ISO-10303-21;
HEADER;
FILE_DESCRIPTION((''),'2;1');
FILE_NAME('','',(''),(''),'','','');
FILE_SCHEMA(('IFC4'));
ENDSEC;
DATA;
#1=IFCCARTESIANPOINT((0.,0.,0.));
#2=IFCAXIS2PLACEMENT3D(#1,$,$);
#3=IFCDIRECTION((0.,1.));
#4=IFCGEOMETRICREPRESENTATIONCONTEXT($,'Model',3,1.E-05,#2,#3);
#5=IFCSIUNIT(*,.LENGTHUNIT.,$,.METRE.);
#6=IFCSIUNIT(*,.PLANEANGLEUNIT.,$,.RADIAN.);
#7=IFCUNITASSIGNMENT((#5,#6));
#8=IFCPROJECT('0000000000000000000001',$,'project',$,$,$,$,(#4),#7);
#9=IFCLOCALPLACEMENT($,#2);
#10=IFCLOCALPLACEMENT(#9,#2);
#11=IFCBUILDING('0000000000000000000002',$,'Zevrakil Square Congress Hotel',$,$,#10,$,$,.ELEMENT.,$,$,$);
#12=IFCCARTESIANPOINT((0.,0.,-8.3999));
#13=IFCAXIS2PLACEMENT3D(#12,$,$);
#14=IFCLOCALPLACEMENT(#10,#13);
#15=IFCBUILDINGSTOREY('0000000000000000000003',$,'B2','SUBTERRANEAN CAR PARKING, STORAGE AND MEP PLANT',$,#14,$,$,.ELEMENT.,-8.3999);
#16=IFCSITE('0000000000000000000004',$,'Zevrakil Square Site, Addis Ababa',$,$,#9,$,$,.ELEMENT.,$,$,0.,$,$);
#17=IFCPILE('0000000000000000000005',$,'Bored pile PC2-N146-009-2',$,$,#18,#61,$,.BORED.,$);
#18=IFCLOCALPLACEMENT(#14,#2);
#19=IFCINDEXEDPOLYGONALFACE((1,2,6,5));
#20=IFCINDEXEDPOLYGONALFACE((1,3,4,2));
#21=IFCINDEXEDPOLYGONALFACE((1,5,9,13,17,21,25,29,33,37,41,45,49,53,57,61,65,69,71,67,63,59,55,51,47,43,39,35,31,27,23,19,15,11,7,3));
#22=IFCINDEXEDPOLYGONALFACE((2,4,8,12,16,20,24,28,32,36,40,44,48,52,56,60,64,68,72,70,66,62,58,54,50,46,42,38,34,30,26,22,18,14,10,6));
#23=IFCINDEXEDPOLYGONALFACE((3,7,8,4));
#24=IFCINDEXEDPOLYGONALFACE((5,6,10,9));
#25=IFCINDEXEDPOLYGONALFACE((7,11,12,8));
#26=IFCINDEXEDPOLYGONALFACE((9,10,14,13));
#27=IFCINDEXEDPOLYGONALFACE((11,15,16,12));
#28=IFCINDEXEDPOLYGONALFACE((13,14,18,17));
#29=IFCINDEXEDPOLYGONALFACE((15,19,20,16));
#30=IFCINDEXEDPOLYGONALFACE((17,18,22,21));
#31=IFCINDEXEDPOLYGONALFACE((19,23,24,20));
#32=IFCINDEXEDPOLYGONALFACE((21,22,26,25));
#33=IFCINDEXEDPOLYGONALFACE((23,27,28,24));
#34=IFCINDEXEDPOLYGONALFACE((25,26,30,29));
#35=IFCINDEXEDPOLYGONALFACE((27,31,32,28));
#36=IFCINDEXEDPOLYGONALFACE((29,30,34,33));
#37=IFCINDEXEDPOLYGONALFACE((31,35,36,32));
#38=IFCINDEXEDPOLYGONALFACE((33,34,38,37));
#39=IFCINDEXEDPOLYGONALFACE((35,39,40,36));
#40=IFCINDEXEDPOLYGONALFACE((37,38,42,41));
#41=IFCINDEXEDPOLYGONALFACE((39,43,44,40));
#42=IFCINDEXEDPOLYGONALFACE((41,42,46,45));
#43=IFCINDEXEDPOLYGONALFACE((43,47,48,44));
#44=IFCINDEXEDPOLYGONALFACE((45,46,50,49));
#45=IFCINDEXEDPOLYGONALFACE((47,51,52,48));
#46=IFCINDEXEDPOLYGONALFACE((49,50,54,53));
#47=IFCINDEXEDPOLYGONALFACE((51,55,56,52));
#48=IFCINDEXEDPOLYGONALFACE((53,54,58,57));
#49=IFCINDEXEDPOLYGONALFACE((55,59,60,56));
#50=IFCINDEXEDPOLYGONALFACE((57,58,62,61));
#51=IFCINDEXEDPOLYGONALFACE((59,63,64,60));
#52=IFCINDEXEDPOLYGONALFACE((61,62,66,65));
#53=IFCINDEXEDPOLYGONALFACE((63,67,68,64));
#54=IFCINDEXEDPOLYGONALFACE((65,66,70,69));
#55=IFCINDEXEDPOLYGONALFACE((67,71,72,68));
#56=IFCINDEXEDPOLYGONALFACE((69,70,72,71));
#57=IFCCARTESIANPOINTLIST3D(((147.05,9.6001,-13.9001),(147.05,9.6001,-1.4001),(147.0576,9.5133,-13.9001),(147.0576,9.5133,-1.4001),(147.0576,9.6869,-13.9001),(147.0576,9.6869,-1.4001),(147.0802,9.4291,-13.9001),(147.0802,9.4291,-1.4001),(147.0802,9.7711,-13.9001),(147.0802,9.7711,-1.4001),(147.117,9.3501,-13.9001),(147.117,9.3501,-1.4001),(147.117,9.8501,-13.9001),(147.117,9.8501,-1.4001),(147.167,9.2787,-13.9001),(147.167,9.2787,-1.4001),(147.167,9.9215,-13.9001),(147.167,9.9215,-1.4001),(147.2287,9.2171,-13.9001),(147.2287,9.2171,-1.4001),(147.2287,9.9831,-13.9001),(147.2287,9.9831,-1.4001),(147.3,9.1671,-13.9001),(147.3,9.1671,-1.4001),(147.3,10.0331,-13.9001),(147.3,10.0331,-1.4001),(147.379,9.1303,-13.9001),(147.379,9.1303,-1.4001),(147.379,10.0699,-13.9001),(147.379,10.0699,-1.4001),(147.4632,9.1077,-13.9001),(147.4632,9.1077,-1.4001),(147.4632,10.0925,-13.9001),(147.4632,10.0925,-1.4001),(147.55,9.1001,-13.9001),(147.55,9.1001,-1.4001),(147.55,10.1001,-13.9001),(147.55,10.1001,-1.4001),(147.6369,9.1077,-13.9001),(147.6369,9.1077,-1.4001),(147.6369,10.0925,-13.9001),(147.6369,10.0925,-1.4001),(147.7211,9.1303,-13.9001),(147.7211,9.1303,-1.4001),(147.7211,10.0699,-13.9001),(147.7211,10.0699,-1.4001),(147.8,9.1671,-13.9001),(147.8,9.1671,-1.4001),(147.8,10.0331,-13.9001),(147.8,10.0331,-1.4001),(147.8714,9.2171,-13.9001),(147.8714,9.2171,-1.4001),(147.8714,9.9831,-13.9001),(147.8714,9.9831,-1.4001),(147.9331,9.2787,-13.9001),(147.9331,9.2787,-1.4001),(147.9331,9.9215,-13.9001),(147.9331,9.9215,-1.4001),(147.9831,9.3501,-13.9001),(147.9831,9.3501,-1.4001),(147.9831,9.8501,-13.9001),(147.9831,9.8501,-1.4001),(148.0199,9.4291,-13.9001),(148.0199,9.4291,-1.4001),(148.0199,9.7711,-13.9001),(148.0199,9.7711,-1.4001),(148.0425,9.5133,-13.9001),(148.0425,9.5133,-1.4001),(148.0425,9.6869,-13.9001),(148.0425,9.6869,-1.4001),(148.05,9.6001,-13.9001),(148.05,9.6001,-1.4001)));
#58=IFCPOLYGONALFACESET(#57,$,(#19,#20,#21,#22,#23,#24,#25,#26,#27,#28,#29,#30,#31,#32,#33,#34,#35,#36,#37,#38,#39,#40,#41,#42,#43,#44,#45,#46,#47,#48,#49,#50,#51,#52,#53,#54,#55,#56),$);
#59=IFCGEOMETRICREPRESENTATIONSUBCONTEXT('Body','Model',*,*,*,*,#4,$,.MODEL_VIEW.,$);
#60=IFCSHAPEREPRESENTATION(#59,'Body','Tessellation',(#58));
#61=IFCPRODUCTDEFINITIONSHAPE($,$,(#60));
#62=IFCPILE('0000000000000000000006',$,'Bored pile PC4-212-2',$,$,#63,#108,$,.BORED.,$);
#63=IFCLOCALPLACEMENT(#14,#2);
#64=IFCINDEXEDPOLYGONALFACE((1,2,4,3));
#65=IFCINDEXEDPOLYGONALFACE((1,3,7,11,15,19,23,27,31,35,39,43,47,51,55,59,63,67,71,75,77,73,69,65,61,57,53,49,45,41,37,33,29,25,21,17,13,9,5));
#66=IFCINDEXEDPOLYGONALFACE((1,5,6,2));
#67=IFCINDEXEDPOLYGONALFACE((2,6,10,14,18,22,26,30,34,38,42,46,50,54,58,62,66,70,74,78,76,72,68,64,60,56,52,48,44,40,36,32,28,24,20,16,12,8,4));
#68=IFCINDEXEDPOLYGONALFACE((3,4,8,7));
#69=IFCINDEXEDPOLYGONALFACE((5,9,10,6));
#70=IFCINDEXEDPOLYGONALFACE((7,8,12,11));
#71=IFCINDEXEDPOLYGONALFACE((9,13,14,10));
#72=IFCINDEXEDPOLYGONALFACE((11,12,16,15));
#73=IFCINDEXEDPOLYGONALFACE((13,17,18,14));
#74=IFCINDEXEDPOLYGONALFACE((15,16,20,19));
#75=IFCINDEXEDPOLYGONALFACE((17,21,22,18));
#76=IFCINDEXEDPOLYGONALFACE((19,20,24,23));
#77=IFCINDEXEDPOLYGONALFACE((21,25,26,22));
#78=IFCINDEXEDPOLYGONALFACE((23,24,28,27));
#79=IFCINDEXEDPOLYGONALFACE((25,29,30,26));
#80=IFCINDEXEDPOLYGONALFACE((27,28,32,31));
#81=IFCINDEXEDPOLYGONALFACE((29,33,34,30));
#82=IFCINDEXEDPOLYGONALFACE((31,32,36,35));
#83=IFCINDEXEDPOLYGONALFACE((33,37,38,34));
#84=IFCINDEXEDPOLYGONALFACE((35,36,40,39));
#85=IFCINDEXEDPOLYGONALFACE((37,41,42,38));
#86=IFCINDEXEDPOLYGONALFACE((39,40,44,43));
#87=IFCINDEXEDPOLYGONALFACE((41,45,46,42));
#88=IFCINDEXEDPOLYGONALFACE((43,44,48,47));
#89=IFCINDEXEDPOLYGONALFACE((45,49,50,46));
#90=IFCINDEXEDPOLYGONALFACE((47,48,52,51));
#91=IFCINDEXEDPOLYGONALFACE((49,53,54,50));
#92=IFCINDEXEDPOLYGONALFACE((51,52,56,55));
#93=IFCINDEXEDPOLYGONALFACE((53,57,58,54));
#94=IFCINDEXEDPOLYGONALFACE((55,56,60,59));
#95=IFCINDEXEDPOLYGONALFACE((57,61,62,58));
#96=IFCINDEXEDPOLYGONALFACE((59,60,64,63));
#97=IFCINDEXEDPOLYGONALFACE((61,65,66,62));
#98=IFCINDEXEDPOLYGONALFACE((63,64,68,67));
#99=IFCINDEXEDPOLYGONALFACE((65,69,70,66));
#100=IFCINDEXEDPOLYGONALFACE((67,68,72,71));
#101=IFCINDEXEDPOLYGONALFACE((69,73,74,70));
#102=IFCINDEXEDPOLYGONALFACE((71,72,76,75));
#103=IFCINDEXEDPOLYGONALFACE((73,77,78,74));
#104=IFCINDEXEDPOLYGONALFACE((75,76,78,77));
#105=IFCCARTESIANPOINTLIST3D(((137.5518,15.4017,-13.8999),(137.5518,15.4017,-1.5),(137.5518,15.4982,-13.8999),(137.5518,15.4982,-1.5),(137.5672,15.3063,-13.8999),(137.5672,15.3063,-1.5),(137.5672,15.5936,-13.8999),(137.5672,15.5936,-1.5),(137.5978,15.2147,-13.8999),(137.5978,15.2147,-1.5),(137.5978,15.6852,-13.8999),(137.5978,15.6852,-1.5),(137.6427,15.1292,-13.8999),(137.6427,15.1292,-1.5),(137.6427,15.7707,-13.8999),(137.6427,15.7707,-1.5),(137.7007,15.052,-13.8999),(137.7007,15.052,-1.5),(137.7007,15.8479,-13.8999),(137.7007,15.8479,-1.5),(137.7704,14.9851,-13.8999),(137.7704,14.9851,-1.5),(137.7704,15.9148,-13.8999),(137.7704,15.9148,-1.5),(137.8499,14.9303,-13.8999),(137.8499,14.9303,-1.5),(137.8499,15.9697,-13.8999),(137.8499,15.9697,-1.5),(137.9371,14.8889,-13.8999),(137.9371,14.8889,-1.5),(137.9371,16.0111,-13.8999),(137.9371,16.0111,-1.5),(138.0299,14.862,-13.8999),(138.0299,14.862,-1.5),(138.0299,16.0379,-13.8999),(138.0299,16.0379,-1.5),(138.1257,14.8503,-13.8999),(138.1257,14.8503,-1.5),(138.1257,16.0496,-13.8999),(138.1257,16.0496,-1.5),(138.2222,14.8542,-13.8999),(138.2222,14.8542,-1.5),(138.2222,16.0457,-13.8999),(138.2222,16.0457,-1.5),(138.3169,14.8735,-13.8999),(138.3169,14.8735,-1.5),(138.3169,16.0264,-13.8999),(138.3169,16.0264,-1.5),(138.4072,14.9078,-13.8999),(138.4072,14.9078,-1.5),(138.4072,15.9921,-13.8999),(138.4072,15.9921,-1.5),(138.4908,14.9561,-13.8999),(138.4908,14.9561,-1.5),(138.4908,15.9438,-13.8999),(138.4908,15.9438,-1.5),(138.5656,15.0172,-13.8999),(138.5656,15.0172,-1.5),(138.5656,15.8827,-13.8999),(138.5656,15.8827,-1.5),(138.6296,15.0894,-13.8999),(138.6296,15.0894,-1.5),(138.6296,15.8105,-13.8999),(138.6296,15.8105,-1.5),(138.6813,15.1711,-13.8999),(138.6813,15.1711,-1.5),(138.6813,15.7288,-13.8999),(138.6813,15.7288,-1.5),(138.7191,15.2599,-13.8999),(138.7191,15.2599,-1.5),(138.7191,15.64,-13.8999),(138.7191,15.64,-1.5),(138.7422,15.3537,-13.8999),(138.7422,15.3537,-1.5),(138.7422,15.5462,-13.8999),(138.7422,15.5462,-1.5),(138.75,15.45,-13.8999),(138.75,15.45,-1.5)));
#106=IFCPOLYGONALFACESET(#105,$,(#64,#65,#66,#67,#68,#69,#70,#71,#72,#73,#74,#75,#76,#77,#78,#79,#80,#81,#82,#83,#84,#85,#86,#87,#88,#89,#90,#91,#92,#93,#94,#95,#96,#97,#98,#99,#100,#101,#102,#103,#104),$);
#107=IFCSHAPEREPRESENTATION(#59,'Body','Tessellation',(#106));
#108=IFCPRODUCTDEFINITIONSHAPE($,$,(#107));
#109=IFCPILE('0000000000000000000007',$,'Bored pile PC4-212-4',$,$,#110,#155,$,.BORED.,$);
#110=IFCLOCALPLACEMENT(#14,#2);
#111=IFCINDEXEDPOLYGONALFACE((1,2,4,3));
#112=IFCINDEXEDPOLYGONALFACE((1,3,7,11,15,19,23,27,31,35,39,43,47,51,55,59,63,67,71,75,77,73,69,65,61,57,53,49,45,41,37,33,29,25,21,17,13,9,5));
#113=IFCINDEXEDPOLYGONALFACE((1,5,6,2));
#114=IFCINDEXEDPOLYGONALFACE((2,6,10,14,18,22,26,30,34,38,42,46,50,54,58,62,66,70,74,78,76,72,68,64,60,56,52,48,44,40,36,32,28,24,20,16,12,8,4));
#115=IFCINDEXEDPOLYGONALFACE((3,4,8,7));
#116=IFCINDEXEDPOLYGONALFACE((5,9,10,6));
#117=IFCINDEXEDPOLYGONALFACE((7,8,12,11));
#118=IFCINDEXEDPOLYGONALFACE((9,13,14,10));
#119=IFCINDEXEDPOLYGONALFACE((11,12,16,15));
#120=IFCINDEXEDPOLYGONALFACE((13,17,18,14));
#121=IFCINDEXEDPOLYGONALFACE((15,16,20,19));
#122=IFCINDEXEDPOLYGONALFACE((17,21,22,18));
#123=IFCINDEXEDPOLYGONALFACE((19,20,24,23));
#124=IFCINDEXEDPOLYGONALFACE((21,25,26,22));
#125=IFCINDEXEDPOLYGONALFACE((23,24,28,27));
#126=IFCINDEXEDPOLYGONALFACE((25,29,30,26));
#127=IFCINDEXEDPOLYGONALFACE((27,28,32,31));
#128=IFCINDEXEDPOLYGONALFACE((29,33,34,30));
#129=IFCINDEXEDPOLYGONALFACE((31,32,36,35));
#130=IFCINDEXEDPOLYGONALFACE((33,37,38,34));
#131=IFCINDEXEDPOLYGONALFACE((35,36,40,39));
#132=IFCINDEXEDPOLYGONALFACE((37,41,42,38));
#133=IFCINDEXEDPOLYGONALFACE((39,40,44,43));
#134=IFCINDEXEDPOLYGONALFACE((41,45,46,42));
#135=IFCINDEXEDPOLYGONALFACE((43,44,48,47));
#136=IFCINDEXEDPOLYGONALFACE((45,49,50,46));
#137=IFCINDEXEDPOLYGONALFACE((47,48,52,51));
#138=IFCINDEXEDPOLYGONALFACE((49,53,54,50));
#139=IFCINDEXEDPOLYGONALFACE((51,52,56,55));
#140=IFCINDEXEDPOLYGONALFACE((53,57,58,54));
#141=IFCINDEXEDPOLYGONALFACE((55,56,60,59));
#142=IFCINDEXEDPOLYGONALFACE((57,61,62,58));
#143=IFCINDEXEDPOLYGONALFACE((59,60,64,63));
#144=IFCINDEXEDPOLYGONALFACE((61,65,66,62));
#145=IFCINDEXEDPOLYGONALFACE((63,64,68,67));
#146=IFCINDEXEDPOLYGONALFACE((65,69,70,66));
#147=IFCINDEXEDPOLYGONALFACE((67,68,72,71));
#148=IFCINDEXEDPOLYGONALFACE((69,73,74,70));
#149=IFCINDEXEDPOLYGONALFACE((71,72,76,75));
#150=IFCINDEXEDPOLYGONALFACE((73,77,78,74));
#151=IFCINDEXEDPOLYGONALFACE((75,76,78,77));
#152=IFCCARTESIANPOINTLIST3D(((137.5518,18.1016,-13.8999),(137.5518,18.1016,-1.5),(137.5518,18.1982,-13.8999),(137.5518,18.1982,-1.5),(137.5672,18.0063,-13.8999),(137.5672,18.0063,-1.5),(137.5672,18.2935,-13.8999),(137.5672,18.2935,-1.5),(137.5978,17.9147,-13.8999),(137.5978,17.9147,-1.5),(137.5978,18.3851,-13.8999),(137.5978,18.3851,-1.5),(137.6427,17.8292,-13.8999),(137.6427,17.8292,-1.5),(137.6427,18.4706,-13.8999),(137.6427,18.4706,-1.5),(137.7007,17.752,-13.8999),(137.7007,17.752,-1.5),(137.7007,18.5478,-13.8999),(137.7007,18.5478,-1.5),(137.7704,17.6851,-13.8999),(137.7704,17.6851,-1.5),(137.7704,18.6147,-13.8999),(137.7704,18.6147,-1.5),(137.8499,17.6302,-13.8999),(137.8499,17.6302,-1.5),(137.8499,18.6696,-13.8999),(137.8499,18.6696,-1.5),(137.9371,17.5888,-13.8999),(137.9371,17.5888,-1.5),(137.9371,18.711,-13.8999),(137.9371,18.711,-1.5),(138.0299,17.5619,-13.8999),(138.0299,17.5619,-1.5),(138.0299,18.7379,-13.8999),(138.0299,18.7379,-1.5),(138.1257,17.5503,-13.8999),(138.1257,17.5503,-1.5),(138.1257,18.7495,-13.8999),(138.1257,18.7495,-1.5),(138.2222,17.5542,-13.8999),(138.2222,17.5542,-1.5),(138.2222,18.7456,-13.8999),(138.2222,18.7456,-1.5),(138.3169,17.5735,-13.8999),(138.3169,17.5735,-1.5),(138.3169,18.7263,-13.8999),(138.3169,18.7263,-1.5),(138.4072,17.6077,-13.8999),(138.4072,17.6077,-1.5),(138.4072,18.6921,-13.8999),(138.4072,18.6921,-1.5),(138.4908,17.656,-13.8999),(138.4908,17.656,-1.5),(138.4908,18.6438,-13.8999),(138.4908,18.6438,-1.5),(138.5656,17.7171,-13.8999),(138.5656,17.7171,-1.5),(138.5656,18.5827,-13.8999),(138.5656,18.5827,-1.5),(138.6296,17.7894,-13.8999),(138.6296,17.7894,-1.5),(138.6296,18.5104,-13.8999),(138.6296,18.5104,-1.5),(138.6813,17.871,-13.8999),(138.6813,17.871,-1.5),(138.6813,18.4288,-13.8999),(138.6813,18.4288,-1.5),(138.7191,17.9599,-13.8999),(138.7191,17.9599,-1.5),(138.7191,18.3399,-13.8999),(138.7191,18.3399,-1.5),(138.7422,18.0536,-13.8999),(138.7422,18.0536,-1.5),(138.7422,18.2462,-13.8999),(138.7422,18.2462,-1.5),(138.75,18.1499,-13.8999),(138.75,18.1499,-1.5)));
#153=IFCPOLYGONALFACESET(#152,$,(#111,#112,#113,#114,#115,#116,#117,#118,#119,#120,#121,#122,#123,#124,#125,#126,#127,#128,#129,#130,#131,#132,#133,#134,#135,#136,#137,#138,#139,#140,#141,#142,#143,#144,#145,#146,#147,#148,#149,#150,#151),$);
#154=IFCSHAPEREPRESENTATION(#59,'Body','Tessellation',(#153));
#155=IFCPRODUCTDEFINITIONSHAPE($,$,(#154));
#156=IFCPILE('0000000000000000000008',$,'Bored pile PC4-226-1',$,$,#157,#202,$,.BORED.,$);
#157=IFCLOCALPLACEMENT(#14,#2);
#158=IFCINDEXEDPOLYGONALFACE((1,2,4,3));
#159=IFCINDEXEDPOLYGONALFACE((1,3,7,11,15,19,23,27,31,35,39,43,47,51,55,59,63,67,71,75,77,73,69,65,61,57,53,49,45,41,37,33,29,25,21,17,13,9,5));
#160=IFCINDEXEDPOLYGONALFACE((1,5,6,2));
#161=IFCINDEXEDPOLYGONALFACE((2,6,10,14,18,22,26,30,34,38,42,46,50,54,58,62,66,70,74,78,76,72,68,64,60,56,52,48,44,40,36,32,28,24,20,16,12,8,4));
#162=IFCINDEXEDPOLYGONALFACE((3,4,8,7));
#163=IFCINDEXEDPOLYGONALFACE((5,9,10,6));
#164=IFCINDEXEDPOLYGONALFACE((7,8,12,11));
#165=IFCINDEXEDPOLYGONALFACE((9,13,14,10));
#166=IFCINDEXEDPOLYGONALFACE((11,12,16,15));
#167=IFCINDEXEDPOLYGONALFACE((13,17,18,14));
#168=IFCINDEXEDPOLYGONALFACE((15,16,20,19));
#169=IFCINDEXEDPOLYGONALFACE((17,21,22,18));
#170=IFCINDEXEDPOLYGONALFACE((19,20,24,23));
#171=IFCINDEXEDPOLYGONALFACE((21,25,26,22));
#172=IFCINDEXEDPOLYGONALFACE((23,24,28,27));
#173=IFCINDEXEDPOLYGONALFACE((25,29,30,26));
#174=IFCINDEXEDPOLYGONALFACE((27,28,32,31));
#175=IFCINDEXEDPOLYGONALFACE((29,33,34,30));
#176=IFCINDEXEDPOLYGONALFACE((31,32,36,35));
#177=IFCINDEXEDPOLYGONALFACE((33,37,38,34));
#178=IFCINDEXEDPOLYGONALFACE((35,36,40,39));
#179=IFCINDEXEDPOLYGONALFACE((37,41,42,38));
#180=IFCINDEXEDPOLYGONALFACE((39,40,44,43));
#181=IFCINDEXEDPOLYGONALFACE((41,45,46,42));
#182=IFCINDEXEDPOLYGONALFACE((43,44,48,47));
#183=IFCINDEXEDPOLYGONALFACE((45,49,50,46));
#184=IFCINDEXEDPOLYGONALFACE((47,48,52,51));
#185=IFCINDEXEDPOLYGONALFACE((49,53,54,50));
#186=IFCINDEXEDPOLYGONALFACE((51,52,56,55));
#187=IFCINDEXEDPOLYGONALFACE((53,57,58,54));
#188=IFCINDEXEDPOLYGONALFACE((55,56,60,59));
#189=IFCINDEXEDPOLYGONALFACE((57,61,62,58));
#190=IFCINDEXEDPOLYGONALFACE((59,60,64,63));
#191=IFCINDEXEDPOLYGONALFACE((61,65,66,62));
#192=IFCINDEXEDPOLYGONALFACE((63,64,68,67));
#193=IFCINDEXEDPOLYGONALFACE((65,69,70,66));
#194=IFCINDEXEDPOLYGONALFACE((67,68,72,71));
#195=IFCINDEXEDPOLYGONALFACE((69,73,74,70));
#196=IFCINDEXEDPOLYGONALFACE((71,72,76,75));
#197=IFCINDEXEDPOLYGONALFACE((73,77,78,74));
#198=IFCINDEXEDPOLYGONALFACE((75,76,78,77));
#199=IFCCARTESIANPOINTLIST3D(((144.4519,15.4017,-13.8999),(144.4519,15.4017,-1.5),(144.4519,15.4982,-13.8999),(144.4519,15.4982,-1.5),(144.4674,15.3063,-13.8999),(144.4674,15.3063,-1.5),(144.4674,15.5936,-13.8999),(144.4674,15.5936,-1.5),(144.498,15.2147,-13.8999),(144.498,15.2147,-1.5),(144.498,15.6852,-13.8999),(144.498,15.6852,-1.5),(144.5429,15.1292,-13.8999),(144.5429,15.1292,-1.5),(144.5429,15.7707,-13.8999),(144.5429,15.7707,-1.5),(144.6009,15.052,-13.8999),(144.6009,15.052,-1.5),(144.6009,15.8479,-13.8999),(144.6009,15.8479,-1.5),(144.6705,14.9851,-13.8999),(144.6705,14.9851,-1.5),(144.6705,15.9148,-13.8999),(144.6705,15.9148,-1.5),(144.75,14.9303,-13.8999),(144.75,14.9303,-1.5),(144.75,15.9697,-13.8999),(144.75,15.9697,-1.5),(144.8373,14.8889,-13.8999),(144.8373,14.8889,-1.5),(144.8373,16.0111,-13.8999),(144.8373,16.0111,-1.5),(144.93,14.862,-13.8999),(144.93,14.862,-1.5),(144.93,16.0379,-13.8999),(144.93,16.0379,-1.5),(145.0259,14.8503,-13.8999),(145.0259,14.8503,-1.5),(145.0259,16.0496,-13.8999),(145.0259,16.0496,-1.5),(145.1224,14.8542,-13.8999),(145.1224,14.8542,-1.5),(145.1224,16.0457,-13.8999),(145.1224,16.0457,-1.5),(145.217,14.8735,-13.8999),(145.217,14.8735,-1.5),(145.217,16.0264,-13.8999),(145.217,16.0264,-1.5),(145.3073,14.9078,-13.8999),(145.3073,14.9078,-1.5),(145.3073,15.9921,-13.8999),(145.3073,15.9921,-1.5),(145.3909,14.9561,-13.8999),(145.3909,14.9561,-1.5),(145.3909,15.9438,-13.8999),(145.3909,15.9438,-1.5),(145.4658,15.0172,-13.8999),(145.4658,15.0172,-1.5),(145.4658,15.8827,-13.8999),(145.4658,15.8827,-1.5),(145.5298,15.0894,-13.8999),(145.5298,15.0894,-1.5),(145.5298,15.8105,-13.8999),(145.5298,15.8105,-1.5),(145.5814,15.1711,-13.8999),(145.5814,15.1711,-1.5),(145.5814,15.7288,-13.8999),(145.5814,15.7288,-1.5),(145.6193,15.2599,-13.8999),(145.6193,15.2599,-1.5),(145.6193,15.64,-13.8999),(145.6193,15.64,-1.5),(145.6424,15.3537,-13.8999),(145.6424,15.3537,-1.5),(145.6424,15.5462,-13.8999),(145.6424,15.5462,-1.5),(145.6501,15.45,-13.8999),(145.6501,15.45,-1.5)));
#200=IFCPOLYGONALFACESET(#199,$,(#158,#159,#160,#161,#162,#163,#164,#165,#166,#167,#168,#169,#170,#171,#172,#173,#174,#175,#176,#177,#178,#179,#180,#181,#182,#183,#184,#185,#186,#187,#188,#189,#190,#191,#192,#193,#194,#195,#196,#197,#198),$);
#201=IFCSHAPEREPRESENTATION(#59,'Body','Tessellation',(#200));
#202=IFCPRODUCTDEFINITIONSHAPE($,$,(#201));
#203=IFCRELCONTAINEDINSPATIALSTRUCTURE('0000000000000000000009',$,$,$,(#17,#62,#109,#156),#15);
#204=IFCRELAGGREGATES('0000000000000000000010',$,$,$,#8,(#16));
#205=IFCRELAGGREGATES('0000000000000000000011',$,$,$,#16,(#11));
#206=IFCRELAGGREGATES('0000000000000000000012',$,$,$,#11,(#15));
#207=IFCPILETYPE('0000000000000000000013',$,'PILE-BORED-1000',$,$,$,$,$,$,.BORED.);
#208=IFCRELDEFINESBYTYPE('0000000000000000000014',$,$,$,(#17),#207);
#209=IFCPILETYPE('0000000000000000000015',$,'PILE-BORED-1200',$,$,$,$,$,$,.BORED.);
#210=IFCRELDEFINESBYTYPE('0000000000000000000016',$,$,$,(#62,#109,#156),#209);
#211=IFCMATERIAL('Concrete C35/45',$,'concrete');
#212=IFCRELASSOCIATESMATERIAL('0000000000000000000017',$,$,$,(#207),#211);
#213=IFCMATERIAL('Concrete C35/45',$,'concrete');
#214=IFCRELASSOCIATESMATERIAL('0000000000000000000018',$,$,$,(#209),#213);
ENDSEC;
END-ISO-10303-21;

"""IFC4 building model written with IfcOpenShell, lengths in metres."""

from ifc_helpers import new_model, si_unit, direction, frame, origin, origin_2d, place, context, subcontext, project, spatial, circle, extrude, material, material_profile, profile_set, type_object, element, save


model = new_model("IFC4")

# Units and contexts
model_context = context("Model", 3, precision=1e-05, world=origin(), true_north=direction((0.0, 1.0)))
body_context = subcontext(model_context, "Body", "Model", "MODEL_VIEW")
ifc_project = project(units=[si_unit("LENGTHUNIT", "METRE"), si_unit("PLANEANGLEUNIT", "RADIAN")], contexts=[model_context])

# Site, building, storey
site_placement = place(None, origin())
site = spatial("IfcSite", under=ifc_project, at=site_placement, Name="Zevrakil Square Site, Addis Ababa", CompositionType="ELEMENT", RefElevation=0.0)
building_placement = place(site_placement, origin())
building = spatial("IfcBuilding", under=site, at=building_placement, Name="Zevrakil Square Congress Hotel", CompositionType="ELEMENT")
storey_placement = place(building_placement, frame((0.0, 0.0, -8.3999)))
storey = spatial("IfcBuildingStorey", under=building, at=storey_placement, Name="B2", Description="SUBTERRANEAN CAR PARKING, STORAGE AND MEP PLANT", CompositionType="ELEMENT", Elevation=-8.3999)

# Piles
ifc_material_1 = material(Name="Concrete C35/45", Category="concrete")
ifc_material_profile_1 = material_profile(ifc_material_1, circle(Radius=0.5, at=origin_2d()), Name="PILE D1000")
ifc_profile_set_1 = profile_set([ifc_material_profile_1], Name="Concrete C35/45")
pile_type_1 = type_object("IfcPileType", Name="PILE-BORED-1000", PredefinedType="BORED", material=ifc_profile_set_1)
for number, where, z_axis, x_axis, name in (
    (1, (147.55, 9.6001, -1.4001), (0.0, 0.0, -1.0), (1.0, 0.0, 0.0), "Bored pile PC2-N146-009-2"),
):
    element("IfcPile", number, at=place(storey_placement, frame(where, z_axis=z_axis, x_axis=x_axis)), inside=storey, type_object=pile_type_1, Name=name, PredefinedType="BORED", context=body_context, shape_type="SweptSolid", body=[
        extrude(circle(Radius=0.5, at=origin_2d()), origin(), (0.0, 0.0, 1.0), 12.5),
    ])
ifc_material_2 = material(Name="Concrete C35/45", Category="concrete")
ifc_material_profile_2 = material_profile(ifc_material_2, circle(Radius=0.6001, at=origin_2d()), Name="PILE D1200")
ifc_profile_set_2 = profile_set([ifc_material_profile_2], Name="Concrete C35/45")
pile_type_2 = type_object("IfcPileType", Name="PILE-BORED-1200", PredefinedType="BORED", material=ifc_profile_set_2)
for number, where, z_axis, x_axis, name in (
    (2, (138.1499, 15.45, -1.5), (0.0, 0.0, -1.0), (1.0, 0.0, 0.0), "Bored pile PC4-212-2"),
    (3, (138.1499, 18.1499, -1.5), (0.0, 0.0, -1.0), (1.0, 0.0, 0.0), "Bored pile PC4-212-4"),
    (4, (145.05, 15.45, -1.5), (0.0, 0.0, -1.0), (1.0, 0.0, 0.0), "Bored pile PC4-226-1"),
):
    element("IfcPile", number, at=place(storey_placement, frame(where, z_axis=z_axis, x_axis=x_axis)), inside=storey, type_object=pile_type_2, Name=name, PredefinedType="BORED", context=body_context, shape_type="SweptSolid", body=[
        extrude(circle(Radius=0.6001, at=origin_2d()), origin(), (0.0, 0.0, 1.0), 12.3999),
    ])

save(model, "model.ifc")
